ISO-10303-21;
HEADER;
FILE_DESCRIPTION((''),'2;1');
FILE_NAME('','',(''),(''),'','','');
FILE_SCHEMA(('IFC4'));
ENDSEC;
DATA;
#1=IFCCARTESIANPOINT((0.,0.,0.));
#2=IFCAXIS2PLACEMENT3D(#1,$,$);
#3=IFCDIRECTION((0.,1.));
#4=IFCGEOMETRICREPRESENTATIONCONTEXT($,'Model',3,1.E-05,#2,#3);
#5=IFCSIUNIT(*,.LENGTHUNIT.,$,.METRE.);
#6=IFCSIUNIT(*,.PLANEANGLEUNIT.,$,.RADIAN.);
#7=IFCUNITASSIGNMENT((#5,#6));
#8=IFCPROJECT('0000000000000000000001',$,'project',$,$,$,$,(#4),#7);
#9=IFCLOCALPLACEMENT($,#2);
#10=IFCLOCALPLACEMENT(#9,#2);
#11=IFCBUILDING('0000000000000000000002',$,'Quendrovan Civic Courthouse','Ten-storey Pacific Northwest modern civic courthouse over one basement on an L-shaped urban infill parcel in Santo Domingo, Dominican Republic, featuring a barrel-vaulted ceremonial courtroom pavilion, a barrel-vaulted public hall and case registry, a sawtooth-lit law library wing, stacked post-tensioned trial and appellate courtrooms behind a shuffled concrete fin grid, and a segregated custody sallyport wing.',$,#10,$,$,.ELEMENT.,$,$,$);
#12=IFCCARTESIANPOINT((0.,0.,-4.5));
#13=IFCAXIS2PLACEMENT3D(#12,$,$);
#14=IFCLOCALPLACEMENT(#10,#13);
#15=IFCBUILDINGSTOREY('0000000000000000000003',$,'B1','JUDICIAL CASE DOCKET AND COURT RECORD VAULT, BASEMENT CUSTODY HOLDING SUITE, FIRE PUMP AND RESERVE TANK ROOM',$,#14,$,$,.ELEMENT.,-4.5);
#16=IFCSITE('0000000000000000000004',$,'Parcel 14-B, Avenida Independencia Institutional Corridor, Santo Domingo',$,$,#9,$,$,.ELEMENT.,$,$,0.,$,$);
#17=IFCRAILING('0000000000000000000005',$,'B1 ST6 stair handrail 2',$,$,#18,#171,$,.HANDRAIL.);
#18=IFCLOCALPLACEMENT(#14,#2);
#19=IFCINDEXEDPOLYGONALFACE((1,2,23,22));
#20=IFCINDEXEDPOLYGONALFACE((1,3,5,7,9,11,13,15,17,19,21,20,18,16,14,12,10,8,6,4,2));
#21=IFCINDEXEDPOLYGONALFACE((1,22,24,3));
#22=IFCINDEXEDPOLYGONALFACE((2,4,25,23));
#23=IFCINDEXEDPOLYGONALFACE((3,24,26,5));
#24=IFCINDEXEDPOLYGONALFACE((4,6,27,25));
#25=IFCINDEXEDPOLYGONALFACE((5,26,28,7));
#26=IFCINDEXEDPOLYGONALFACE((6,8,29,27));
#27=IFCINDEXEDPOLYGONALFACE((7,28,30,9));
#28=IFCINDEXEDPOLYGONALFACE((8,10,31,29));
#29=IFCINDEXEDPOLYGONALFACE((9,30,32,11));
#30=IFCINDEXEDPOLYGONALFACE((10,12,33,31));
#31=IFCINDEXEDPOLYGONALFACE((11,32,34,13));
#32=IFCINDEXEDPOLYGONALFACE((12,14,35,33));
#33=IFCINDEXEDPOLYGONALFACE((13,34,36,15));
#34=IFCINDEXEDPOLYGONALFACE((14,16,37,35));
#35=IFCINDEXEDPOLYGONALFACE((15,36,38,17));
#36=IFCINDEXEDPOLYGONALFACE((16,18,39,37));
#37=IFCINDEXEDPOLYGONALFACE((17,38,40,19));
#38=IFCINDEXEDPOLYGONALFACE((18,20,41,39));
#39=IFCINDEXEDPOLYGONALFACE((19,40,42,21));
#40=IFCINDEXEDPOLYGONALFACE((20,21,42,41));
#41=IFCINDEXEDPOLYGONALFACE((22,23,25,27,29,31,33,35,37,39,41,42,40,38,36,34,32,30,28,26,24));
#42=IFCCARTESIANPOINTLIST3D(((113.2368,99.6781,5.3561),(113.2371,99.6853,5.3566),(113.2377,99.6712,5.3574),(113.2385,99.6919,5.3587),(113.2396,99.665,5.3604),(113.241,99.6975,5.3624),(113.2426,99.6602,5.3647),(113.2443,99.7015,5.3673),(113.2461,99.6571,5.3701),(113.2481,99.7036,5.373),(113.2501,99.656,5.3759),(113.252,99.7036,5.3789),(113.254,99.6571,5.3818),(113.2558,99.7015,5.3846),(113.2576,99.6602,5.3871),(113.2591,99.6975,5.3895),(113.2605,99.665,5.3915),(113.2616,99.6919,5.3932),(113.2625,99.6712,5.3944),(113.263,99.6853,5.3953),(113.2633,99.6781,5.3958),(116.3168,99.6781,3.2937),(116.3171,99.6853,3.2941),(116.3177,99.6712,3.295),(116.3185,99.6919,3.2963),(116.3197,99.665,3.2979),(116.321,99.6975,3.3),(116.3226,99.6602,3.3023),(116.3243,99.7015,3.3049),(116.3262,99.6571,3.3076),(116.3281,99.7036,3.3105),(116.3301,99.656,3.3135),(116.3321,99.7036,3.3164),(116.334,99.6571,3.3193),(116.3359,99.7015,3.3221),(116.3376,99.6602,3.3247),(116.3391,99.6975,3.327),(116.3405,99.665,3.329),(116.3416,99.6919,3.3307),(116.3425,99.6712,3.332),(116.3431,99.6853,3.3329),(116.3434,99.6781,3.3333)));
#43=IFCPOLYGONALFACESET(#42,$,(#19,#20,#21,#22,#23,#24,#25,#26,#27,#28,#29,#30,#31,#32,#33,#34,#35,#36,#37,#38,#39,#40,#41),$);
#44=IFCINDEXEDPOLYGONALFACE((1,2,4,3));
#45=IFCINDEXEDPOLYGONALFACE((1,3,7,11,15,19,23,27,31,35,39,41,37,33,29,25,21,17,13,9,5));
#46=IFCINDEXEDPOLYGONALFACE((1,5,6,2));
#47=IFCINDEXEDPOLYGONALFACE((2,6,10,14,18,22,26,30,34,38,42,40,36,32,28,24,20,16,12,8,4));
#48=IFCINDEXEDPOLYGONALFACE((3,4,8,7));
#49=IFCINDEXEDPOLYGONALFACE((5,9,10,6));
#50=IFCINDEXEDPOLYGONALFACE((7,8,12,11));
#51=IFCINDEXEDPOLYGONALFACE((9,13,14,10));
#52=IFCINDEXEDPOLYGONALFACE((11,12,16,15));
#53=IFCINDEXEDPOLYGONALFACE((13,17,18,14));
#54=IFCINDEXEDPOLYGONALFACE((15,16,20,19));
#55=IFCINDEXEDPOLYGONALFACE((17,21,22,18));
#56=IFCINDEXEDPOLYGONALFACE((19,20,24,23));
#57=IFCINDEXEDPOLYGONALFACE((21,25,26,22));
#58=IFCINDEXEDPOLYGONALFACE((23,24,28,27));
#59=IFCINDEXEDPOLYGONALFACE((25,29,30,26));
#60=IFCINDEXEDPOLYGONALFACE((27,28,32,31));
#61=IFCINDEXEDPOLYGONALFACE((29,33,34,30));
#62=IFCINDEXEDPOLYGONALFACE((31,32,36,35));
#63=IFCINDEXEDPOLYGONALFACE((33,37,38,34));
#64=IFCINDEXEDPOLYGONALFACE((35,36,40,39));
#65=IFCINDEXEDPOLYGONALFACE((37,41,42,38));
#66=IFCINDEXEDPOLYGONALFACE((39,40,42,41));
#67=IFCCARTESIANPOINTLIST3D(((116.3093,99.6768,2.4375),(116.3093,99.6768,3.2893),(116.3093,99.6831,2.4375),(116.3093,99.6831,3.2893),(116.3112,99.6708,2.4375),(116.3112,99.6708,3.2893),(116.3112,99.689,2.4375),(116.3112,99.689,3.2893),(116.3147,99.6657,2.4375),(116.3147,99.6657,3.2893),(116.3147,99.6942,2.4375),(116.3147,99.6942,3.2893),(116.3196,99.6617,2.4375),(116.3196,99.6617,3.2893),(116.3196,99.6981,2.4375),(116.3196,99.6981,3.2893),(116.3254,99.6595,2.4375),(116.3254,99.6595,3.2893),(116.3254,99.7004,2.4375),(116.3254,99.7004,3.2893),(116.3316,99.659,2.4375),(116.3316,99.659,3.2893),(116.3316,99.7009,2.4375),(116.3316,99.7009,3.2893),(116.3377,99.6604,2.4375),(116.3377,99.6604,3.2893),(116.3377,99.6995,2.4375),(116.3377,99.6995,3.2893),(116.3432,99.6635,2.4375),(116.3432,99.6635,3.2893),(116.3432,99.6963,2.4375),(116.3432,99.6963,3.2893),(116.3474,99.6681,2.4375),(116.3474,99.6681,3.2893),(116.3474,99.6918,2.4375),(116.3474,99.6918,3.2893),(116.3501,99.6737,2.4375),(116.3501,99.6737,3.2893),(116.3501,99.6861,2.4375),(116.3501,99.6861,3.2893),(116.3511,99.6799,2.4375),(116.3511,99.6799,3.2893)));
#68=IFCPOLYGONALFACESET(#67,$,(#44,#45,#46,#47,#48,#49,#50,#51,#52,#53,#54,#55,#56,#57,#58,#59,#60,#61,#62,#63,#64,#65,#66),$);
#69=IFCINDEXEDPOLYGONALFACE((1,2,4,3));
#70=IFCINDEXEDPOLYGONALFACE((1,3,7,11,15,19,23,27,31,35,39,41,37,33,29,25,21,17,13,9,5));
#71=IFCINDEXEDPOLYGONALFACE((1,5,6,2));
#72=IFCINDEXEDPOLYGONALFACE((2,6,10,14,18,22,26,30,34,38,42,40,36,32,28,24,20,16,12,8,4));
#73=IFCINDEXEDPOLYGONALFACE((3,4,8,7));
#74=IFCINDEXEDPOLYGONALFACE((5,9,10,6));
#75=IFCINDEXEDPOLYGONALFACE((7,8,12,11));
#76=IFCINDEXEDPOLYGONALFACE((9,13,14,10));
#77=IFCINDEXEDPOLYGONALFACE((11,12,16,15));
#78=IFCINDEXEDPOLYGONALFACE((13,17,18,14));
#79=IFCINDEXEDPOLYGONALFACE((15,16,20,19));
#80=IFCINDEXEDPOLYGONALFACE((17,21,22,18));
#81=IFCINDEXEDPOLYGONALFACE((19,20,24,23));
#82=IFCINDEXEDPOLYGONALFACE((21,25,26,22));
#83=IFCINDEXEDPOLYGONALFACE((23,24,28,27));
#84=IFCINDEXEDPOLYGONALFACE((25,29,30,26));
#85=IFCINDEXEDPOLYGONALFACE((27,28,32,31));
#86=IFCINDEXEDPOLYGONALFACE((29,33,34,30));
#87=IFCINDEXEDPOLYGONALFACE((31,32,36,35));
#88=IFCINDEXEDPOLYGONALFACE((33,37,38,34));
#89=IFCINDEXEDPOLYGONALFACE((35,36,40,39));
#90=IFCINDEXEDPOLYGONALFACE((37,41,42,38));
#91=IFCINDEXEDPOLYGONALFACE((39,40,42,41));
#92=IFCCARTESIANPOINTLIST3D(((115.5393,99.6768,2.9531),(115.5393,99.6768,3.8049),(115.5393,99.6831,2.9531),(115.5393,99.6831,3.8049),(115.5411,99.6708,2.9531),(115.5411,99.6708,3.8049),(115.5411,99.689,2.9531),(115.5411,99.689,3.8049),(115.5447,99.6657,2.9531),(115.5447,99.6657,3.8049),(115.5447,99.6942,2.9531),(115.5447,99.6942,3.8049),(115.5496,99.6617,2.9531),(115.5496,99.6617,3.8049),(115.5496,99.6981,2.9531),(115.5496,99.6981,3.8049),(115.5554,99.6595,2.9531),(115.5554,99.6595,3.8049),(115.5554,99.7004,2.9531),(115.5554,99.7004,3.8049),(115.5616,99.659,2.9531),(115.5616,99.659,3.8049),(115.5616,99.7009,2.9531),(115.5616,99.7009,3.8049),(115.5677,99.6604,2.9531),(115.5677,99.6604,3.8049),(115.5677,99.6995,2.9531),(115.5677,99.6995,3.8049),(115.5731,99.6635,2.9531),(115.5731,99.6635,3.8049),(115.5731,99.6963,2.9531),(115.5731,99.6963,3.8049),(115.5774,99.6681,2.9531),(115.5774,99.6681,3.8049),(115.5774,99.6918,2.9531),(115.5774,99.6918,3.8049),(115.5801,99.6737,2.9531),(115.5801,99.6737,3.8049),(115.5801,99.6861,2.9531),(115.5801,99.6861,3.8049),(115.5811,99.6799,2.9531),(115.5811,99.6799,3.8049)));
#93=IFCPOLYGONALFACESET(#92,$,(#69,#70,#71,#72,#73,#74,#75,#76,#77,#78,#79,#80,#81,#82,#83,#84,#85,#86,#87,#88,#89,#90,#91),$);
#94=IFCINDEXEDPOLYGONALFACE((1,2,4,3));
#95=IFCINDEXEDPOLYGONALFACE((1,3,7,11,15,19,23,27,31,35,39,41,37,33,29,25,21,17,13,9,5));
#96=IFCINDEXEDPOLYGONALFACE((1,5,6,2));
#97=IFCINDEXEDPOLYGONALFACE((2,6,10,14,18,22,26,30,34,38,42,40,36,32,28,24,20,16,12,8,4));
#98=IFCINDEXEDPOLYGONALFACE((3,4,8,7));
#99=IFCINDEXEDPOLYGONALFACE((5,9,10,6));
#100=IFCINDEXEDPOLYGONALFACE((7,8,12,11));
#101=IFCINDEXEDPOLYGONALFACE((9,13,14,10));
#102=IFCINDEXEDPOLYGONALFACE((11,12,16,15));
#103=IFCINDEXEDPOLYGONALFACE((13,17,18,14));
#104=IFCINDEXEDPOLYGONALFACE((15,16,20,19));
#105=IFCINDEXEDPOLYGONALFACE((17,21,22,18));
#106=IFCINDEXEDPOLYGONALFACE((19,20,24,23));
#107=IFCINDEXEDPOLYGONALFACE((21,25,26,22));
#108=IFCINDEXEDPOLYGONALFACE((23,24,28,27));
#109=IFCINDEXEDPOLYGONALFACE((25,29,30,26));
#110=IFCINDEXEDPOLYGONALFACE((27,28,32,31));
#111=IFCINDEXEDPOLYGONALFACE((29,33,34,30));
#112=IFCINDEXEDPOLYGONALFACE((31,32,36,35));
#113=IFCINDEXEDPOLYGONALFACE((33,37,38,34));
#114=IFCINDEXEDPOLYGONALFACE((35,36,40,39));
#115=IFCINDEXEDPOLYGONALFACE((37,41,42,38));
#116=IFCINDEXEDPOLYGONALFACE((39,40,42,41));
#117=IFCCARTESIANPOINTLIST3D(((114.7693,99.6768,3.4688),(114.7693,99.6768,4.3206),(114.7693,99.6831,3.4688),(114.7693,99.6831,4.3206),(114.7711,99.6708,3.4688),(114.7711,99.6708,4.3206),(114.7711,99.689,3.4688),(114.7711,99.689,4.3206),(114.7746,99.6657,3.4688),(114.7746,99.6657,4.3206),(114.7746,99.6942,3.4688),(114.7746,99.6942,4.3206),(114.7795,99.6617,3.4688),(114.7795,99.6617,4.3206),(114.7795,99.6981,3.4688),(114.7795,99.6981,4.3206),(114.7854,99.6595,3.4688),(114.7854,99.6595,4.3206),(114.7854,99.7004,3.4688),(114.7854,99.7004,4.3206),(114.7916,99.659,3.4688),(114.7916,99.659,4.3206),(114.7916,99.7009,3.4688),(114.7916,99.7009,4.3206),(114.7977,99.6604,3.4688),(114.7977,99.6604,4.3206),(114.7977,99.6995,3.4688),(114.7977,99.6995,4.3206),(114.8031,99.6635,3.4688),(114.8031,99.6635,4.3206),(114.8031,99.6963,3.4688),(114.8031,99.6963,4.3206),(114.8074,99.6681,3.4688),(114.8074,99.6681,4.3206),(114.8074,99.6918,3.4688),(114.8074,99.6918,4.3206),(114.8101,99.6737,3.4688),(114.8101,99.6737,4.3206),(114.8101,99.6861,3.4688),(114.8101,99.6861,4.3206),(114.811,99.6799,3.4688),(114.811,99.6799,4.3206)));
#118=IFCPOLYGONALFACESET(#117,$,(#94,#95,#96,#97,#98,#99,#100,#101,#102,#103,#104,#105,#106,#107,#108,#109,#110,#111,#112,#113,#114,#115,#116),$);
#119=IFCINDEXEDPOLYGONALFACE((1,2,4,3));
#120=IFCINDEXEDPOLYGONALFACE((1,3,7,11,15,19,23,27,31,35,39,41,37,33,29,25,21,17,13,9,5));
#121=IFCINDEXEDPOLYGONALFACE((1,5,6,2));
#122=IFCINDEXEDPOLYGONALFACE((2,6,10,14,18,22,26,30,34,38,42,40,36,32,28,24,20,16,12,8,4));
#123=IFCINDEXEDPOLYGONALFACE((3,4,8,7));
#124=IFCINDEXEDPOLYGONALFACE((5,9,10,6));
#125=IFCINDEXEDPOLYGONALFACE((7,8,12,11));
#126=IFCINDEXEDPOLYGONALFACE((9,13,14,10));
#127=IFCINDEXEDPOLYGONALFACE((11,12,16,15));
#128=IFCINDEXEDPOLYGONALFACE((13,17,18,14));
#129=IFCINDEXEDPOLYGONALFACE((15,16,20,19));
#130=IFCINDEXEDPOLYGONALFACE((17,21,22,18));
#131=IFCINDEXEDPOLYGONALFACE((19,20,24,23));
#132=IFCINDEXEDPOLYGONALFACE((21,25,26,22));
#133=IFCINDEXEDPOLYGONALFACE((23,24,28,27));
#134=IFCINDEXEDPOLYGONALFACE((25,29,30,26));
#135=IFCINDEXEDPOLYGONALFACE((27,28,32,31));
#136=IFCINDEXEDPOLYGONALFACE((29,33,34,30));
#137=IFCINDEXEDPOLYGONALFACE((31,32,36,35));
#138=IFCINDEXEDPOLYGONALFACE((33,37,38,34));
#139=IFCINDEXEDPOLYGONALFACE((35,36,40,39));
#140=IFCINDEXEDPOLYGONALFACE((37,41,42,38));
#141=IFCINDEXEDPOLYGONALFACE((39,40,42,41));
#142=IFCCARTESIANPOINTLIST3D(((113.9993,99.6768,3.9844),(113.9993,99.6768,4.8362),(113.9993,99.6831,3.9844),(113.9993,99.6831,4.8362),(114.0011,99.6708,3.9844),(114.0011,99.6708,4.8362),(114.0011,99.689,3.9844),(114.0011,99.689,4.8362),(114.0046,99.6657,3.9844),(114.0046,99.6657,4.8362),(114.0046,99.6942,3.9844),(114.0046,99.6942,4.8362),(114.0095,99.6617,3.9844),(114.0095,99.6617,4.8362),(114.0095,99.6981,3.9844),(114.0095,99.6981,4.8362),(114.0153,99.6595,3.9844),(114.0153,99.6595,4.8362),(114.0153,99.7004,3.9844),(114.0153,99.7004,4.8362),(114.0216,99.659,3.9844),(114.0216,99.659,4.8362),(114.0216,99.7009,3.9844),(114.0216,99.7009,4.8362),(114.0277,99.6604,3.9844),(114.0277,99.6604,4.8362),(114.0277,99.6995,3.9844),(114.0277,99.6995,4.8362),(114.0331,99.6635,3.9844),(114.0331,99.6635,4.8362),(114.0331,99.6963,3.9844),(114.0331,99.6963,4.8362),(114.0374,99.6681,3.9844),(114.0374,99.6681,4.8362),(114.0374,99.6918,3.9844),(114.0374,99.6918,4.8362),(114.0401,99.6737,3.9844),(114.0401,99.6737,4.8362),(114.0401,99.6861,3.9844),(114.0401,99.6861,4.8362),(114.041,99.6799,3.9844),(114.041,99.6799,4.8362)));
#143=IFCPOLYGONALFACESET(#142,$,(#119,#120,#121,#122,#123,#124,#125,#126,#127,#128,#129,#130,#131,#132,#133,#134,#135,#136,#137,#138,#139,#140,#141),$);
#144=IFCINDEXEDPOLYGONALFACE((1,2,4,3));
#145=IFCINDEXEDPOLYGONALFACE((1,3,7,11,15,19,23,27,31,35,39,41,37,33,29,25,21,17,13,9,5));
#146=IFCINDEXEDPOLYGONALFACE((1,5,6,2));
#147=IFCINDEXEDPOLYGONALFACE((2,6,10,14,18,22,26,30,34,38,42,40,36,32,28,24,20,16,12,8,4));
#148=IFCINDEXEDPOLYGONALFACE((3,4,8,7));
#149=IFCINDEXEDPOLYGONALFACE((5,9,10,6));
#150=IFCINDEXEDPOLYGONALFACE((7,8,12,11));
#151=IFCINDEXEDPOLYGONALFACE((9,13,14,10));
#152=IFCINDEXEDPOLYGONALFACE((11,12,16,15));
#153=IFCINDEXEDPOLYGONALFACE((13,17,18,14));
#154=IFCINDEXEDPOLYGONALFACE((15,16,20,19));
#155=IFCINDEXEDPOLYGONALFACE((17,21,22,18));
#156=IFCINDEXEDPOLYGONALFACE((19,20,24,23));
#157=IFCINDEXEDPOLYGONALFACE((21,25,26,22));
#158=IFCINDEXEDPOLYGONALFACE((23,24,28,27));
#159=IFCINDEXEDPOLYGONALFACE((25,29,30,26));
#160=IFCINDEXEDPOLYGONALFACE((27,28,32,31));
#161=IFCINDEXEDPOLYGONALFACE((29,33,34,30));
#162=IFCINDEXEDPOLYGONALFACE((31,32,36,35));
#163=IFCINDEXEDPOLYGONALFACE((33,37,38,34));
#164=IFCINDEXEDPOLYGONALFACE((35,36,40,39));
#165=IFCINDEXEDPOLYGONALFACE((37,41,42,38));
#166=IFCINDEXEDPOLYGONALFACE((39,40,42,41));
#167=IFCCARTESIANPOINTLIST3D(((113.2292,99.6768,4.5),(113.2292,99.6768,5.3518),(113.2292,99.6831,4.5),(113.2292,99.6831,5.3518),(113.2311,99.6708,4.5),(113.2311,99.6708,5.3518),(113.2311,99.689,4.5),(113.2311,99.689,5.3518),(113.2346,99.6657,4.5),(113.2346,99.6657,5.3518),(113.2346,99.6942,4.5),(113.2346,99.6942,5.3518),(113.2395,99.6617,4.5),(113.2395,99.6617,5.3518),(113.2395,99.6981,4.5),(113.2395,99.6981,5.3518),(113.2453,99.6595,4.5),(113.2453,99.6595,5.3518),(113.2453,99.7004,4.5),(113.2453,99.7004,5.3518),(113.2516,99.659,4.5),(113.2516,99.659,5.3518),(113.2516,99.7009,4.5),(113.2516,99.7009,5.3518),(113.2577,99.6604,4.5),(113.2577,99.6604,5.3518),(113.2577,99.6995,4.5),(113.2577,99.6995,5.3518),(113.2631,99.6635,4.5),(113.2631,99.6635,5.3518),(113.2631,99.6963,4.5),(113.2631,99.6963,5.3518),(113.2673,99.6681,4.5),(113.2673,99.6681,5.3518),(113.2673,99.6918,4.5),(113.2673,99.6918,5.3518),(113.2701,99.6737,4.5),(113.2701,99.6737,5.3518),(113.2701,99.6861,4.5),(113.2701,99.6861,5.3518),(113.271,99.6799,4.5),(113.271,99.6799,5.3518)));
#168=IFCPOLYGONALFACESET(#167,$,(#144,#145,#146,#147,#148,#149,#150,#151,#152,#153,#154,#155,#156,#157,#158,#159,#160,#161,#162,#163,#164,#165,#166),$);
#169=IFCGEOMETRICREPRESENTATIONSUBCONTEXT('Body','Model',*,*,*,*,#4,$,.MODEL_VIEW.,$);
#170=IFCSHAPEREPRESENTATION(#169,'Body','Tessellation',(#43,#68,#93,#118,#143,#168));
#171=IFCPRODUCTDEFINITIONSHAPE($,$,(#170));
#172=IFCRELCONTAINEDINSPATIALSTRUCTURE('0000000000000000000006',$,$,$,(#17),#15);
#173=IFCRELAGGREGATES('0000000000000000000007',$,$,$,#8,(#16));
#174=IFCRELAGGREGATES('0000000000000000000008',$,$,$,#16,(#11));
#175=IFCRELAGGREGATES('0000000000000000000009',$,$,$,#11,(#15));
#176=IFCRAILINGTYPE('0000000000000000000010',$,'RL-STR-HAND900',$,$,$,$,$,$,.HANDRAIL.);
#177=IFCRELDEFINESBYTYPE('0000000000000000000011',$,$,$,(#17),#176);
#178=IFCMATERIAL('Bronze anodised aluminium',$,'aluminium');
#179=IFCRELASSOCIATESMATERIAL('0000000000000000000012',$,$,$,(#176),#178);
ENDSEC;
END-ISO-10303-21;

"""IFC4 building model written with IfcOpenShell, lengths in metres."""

from ifc_helpers import new_model, si_unit, direction, frame, origin, origin_2d, place, context, subcontext, project, spatial, circle, extrude, material, type_object, element, save


model = new_model("IFC4")

# Units and contexts
model_context = context("Model", 3, precision=1e-05, world=origin(), true_north=direction((0.0, 1.0)))
body_context = subcontext(model_context, "Body", "Model", "MODEL_VIEW")
ifc_project = project(units=[si_unit("LENGTHUNIT", "METRE"), si_unit("PLANEANGLEUNIT", "RADIAN")], contexts=[model_context])

# Site, building, storey
site_placement = place(None, origin())
site = spatial("IfcSite", under=ifc_project, at=site_placement, Name="Parcel 14-B, Avenida Independencia Institutional Corridor, Santo Domingo", CompositionType="ELEMENT", RefElevation=0.0)
building_placement = place(site_placement, origin())
building = spatial("IfcBuilding", under=site, at=building_placement, Name="Quendrovan Civic Courthouse", Description="Ten-storey Pacific Northwest modern civic courthouse over one basement on an L-shaped urban infill parcel in Santo Domingo, Dominican Republic, featuring a barrel-vaulted ceremonial courtroom pavilion, a barrel-vaulted public hall and case registry, a sawtooth-lit law library wing, stacked post-tensioned trial and appellate courtrooms behind a shuffled concrete fin grid, and a segregated custody sallyport wing.", CompositionType="ELEMENT")
storey_placement = place(building_placement, frame((0.0, 0.0, -4.5)))
storey = spatial("IfcBuildingStorey", under=building, at=storey_placement, Name="B1", Description="JUDICIAL CASE DOCKET AND COURT RECORD VAULT, BASEMENT CUSTODY HOLDING SUITE, FIRE PUMP AND RESERVE TANK ROOM", CompositionType="ELEMENT", Elevation=-4.5)

# Railing
ifc_material_1 = material(Name="Bronze anodised aluminium", Category="aluminium")
railing_type_1 = type_object("IfcRailingType", Name="RL-STR-HAND900", PredefinedType="HANDRAIL", material=ifc_material_1)
railing_1_placement = place(storey_placement, frame((116.3301, 99.6799, 2.4375)))
element("IfcRailing", 1, at=railing_1_placement, inside=storey, type_object=railing_type_1, Name="B1 ST6 stair handrail 2", PredefinedType="HANDRAIL", context=body_context, shape_type="SweptSolid", body=[
    extrude(circle(Radius=0.0239, at=origin_2d()), frame((0.0, 0.0, 0.876), z_axis=(-0.830914, 0.0, 0.556401), x_axis=(0.0, -1.0, 0.0)), (0.0, 0.0, 1.0), 3.7068),
    extrude(circle(Radius=0.021, at=origin_2d()), origin(), (0.0, 0.0, 1.0), 0.8518),
    extrude(circle(Radius=0.021, at=origin_2d()), frame((-0.77, 0.0, 0.5156)), (0.0, 0.0, 1.0), 0.8518),
    extrude(circle(Radius=0.021, at=origin_2d()), frame((-1.54, 0.0, 1.0312)), (0.0, 0.0, 1.0), 0.8518),
    extrude(circle(Radius=0.021, at=origin_2d()), frame((-2.3101, 0.0, 1.5469)), (0.0, 0.0, 1.0), 0.8518),
    extrude(circle(Radius=0.021, at=origin_2d()), frame((-3.0801, 0.0, 2.0625)), (0.0, 0.0, 1.0), 0.8518),
])

save(model, "model.ifc")
